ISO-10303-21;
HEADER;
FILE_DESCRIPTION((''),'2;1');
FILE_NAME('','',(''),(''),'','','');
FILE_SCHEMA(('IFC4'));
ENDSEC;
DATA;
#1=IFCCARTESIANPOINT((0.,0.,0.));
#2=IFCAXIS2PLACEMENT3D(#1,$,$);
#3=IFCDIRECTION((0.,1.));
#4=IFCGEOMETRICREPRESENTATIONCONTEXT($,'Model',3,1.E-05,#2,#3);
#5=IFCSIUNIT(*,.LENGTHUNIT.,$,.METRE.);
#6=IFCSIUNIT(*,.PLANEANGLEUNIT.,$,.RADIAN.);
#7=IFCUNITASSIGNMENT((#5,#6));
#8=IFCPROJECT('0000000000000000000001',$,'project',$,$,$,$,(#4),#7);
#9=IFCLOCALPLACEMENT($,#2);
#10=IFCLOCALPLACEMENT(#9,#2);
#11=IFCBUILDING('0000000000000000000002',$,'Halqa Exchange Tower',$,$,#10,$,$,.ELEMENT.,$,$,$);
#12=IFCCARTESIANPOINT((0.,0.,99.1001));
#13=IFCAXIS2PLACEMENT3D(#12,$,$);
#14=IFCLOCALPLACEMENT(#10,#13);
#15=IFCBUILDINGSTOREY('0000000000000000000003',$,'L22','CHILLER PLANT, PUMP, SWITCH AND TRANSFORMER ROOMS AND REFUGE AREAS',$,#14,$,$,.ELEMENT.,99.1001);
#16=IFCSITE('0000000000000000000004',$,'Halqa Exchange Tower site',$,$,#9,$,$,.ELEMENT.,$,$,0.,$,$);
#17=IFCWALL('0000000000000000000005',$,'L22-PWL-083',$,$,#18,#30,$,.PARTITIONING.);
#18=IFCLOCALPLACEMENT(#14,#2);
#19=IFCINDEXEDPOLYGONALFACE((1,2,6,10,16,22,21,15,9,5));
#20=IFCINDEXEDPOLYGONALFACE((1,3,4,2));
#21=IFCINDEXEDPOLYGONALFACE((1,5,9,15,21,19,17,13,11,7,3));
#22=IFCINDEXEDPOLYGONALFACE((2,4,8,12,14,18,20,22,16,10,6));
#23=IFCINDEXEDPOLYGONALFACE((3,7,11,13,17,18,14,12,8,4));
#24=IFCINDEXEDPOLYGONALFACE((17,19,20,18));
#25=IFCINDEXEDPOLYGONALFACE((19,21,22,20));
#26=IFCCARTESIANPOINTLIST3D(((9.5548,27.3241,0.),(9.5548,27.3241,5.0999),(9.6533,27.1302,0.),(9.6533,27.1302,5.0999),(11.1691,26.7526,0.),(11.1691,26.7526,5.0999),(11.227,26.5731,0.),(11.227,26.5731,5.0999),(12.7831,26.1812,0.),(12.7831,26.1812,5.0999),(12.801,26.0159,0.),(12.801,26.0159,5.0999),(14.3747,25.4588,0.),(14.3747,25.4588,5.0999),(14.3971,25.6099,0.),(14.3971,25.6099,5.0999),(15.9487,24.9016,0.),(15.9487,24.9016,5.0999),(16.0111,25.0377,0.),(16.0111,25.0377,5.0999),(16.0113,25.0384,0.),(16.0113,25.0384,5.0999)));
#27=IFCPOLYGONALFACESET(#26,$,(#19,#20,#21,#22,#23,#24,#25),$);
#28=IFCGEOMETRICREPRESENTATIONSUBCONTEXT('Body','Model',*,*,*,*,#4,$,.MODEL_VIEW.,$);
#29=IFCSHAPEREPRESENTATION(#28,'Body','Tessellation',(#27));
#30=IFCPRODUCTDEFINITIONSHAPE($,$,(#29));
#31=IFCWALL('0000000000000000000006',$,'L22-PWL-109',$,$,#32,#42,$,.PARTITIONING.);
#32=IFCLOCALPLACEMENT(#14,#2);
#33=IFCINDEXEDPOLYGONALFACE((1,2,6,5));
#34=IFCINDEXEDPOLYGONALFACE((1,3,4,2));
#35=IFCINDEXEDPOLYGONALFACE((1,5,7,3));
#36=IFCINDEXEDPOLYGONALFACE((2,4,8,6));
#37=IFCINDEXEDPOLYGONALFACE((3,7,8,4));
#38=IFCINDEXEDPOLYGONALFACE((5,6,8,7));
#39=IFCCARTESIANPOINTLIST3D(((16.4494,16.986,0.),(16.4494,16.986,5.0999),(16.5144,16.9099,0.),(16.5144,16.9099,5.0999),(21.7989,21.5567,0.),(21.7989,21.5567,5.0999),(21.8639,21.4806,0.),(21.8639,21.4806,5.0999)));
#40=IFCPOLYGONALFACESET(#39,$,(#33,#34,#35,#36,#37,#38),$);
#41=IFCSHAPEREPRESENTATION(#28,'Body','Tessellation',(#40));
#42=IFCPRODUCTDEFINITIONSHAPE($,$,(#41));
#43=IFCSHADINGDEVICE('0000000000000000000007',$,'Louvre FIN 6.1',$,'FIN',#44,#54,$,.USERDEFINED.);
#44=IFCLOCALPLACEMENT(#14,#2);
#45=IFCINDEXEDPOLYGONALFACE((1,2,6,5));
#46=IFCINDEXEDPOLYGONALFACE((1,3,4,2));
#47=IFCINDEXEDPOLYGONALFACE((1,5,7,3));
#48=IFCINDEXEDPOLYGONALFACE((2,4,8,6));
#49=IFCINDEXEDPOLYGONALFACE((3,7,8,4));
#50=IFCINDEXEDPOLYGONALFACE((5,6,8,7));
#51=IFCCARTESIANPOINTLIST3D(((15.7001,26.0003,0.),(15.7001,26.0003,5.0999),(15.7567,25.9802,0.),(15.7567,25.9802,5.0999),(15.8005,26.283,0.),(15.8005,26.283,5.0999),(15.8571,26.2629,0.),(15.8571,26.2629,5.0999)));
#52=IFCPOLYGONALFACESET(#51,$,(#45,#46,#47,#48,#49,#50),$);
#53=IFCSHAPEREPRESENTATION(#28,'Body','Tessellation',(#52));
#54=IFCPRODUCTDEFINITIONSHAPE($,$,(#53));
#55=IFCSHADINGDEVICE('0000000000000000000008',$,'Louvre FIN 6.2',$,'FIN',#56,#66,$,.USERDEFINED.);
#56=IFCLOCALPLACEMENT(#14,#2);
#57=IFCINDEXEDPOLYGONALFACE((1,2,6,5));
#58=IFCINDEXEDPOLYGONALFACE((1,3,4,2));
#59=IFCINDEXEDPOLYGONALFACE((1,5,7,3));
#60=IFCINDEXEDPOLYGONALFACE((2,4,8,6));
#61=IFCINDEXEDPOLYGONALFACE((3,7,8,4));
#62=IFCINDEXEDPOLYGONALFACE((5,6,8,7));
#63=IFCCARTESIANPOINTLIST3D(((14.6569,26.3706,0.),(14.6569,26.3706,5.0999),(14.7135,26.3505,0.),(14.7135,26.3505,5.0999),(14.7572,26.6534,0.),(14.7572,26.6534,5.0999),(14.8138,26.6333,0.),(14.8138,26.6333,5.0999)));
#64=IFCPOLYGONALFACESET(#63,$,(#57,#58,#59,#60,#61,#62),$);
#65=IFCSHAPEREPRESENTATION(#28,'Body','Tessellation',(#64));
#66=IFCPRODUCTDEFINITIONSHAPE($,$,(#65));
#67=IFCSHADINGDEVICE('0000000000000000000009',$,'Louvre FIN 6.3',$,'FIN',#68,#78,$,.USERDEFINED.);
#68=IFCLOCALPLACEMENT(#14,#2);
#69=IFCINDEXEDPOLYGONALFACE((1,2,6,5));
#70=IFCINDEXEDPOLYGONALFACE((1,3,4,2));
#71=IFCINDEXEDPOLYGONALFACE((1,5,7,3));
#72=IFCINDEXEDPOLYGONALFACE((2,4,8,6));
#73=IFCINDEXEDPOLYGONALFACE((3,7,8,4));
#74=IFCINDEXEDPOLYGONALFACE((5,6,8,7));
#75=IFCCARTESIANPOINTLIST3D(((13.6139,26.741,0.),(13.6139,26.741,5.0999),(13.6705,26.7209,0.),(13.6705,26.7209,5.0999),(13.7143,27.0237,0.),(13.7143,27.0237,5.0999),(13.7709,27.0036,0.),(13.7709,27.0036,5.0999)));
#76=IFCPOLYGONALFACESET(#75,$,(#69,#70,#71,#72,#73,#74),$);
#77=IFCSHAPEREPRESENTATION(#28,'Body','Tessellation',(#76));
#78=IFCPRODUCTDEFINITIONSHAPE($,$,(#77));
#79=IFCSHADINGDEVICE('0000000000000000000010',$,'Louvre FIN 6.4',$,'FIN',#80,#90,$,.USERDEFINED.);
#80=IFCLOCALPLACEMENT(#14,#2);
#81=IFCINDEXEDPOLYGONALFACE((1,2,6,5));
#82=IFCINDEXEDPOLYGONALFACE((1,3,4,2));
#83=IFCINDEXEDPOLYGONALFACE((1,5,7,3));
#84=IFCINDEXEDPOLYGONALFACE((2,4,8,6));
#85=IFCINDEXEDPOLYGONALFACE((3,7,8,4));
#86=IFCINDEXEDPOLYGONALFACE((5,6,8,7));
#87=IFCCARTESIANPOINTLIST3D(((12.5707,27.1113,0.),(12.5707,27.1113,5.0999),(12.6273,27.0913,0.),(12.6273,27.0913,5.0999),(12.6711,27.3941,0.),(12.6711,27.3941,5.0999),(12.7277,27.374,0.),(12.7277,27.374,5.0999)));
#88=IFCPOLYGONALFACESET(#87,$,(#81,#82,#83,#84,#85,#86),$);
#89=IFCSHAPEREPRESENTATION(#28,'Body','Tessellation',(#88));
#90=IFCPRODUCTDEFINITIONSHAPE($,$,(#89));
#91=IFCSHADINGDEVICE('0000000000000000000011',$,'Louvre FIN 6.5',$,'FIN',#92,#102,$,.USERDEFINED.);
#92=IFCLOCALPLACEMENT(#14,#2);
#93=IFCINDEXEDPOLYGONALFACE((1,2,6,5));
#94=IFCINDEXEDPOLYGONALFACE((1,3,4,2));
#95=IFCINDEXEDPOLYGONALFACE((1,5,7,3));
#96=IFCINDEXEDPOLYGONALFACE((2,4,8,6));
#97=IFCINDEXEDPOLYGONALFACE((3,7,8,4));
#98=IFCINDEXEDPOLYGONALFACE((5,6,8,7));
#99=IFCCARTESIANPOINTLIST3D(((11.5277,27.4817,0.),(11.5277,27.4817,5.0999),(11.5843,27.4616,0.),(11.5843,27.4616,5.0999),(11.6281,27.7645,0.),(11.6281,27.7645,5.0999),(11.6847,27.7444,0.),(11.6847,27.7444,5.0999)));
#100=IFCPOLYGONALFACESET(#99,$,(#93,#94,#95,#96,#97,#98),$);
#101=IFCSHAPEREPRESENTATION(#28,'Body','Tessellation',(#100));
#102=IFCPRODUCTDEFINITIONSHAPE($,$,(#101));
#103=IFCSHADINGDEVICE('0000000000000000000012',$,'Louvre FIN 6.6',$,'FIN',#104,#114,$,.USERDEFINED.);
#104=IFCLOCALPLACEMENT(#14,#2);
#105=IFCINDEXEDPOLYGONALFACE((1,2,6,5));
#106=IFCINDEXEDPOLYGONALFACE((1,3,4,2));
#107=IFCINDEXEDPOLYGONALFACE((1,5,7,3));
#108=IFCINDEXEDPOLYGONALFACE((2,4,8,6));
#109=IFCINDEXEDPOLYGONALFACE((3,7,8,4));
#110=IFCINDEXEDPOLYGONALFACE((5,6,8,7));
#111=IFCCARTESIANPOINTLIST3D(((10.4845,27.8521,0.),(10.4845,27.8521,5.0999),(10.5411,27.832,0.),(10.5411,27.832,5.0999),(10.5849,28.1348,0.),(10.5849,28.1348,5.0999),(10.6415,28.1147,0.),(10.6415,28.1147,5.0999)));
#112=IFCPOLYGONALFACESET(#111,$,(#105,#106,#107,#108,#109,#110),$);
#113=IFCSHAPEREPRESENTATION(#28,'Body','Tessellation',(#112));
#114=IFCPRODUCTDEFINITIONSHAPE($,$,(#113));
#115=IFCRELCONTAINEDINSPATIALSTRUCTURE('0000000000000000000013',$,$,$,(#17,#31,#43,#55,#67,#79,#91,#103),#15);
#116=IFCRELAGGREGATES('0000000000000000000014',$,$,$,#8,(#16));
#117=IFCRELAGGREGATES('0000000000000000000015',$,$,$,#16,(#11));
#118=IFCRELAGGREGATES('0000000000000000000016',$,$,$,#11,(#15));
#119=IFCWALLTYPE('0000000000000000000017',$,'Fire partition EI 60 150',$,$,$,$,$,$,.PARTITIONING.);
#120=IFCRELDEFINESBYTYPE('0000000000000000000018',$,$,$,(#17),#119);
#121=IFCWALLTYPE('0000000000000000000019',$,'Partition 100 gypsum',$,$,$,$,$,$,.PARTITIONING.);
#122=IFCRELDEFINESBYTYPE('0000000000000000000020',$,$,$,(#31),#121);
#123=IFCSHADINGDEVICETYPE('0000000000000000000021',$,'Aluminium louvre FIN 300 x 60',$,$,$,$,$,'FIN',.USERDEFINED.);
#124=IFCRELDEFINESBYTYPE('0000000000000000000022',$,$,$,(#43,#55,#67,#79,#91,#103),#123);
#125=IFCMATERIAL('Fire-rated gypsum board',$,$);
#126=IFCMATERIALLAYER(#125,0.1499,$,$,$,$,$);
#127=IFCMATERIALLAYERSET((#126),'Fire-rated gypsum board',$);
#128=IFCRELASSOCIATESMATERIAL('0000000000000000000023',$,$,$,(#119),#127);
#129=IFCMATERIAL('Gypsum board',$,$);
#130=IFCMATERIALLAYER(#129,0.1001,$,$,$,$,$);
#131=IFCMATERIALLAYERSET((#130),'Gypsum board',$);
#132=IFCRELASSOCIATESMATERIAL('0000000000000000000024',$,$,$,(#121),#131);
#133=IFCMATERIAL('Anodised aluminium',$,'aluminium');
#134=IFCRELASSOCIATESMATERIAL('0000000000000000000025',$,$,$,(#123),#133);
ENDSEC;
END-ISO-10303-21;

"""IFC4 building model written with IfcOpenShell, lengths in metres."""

from ifc_helpers import new_model, si_unit, direction, frame, frame_2d, origin, origin_2d, place, context, subcontext, project, spatial, polyline, rectangle, outline, extrude, material, layer, layer_set, material_profile, profile_set, type_object, element, save


model = new_model("IFC4")

# Units and contexts
model_context = context("Model", 3, precision=1e-05, world=origin(), true_north=direction((0.0, 1.0)))
body_context = subcontext(model_context, "Body", "Model", "MODEL_VIEW")
ifc_project = project(units=[si_unit("LENGTHUNIT", "METRE"), si_unit("PLANEANGLEUNIT", "RADIAN")], contexts=[model_context])

# Site, building, storey
site_placement = place(None, origin())
site = spatial("IfcSite", under=ifc_project, at=site_placement, Name="Halqa Exchange Tower site", CompositionType="ELEMENT", RefElevation=0.0)
building_placement = place(site_placement, origin())
building = spatial("IfcBuilding", under=site, at=building_placement, Name="Halqa Exchange Tower", CompositionType="ELEMENT")
storey_placement = place(building_placement, frame((0.0, 0.0, 99.1001)))
storey = spatial("IfcBuildingStorey", under=building, at=storey_placement, Name="L22", Description="CHILLER PLANT, PUMP, SWITCH AND TRANSFORMER ROOMS AND REFUGE AREAS", CompositionType="ELEMENT", Elevation=99.1001)

# Walls
ifc_material_1 = material(Name="Fire-rated gypsum board")
ifc_layer_1 = layer(ifc_material_1, 0.1499)
ifc_layer_set_1 = layer_set([ifc_layer_1], Name="Fire-rated gypsum board")
wall_type_1 = type_object("IfcWallType", Name="Fire partition EI 60 150", PredefinedType="PARTITIONING", material=ifc_layer_set_1)
wall_1_placement = place(storey_placement, frame((15.9863, 24.9678, 0.0), z_axis=(0.0, 0.0, 1.0), x_axis=(-0.942675, 0.333711, 0.0)))
element("IfcWall", 1, at=wall_1_placement, inside=storey, type_object=wall_type_1, Name="L22-PWL-083", PredefinedType="PARTITIONING", context=body_context, shape_type="SweptSolid", body=[
    extrude(outline(polyline([(6.8491, -0.075), (6.8491, -0.075), (6.6917, 0.075), (5.0222, 0.075), (3.3525, 0.075), (1.6831, 0.075), (0.0134, 0.075), (0.0, -0.0742), (0.0, -0.075), (1.7124, -0.075), (3.4246, -0.075), (5.1367, -0.075), (6.8491, -0.075)])), origin(), (0.0, 0.0, 1.0), 5.0999),
])
ifc_material_2 = material(Name="Gypsum board")
ifc_layer_2 = layer(ifc_material_2, 0.1001)
ifc_layer_set_2 = layer_set([ifc_layer_2], Name="Gypsum board")
wall_type_2 = type_object("IfcWallType", Name="Partition 100 gypsum", PredefinedType="PARTITIONING", material=ifc_layer_set_2)
wall_2_placement = place(storey_placement, frame((16.4819, 16.948, 0.0), z_axis=(0.0, 0.0, 1.0), x_axis=(0.760282, 0.649593, 0.0)))
element("IfcWall", 2, at=wall_2_placement, inside=storey, type_object=wall_type_2, Name="L22-PWL-109", PredefinedType="PARTITIONING", context=body_context, shape_type="SweptSolid", body=[
    extrude(rectangle(XDim=7.0361, YDim=0.1001, at=frame_2d((3.5181, 0.0))), origin(), (0.0, 0.0, 1.0), 5.0999),
])

# Shading devices
ifc_material_3 = material(Name="Anodised aluminium", Category="aluminium")
ifc_material_profile_1 = material_profile(ifc_material_3, rectangle(XDim=0.3, YDim=0.0601, at=origin_2d()), Name="AL FIN 300x60")
ifc_profile_set_1 = profile_set([ifc_material_profile_1], Name="Anodised aluminium")
shading_device_type = type_object("IfcShadingDeviceType", Name="Aluminium louvre FIN 300 x 60", ElementType="FIN", PredefinedType="USERDEFINED", material=ifc_profile_set_1)
for number, where, z_axis, x_axis, name in (
    (3, (15.7786, 26.1316, 0.0), (0.0, 0.0, 1.0), (-0.334578, -0.942368, 0.0), "Louvre FIN 6.1"),
    (4, (14.7354, 26.502, 0.0), (0.0, 0.0, 1.0), (-0.334578, -0.942368, 0.0), "Louvre FIN 6.2"),
    (5, (13.6924, 26.8723, 0.0), (0.0, 0.0, 1.0), (-0.334578, -0.942368, 0.0), "Louvre FIN 6.3"),
    (6, (12.6492, 27.2427, 0.0), (0.0, 0.0, 1.0), (-0.334578, -0.942368, 0.0), "Louvre FIN 6.4"),
    (7, (11.6062, 27.613, 0.0), (0.0, 0.0, 1.0), (-0.334578, -0.942368, 0.0), "Louvre FIN 6.5"),
    (8, (10.563, 27.9834, 0.0), (0.0, 0.0, 1.0), (-0.334578, -0.942368, 0.0), "Louvre FIN 6.6"),
):
    element("IfcShadingDevice", number, at=place(storey_placement, frame(where, z_axis=z_axis, x_axis=x_axis)), inside=storey, type_object=shading_device_type, Name=name, ObjectType="FIN", PredefinedType="USERDEFINED", context=body_context, shape_type="SweptSolid", body=[
        extrude(rectangle(XDim=0.3, YDim=0.0601, at=origin_2d()), origin(), (0.0, 0.0, 1.0), 5.0999),
    ])

save(model, "model.ifc")
